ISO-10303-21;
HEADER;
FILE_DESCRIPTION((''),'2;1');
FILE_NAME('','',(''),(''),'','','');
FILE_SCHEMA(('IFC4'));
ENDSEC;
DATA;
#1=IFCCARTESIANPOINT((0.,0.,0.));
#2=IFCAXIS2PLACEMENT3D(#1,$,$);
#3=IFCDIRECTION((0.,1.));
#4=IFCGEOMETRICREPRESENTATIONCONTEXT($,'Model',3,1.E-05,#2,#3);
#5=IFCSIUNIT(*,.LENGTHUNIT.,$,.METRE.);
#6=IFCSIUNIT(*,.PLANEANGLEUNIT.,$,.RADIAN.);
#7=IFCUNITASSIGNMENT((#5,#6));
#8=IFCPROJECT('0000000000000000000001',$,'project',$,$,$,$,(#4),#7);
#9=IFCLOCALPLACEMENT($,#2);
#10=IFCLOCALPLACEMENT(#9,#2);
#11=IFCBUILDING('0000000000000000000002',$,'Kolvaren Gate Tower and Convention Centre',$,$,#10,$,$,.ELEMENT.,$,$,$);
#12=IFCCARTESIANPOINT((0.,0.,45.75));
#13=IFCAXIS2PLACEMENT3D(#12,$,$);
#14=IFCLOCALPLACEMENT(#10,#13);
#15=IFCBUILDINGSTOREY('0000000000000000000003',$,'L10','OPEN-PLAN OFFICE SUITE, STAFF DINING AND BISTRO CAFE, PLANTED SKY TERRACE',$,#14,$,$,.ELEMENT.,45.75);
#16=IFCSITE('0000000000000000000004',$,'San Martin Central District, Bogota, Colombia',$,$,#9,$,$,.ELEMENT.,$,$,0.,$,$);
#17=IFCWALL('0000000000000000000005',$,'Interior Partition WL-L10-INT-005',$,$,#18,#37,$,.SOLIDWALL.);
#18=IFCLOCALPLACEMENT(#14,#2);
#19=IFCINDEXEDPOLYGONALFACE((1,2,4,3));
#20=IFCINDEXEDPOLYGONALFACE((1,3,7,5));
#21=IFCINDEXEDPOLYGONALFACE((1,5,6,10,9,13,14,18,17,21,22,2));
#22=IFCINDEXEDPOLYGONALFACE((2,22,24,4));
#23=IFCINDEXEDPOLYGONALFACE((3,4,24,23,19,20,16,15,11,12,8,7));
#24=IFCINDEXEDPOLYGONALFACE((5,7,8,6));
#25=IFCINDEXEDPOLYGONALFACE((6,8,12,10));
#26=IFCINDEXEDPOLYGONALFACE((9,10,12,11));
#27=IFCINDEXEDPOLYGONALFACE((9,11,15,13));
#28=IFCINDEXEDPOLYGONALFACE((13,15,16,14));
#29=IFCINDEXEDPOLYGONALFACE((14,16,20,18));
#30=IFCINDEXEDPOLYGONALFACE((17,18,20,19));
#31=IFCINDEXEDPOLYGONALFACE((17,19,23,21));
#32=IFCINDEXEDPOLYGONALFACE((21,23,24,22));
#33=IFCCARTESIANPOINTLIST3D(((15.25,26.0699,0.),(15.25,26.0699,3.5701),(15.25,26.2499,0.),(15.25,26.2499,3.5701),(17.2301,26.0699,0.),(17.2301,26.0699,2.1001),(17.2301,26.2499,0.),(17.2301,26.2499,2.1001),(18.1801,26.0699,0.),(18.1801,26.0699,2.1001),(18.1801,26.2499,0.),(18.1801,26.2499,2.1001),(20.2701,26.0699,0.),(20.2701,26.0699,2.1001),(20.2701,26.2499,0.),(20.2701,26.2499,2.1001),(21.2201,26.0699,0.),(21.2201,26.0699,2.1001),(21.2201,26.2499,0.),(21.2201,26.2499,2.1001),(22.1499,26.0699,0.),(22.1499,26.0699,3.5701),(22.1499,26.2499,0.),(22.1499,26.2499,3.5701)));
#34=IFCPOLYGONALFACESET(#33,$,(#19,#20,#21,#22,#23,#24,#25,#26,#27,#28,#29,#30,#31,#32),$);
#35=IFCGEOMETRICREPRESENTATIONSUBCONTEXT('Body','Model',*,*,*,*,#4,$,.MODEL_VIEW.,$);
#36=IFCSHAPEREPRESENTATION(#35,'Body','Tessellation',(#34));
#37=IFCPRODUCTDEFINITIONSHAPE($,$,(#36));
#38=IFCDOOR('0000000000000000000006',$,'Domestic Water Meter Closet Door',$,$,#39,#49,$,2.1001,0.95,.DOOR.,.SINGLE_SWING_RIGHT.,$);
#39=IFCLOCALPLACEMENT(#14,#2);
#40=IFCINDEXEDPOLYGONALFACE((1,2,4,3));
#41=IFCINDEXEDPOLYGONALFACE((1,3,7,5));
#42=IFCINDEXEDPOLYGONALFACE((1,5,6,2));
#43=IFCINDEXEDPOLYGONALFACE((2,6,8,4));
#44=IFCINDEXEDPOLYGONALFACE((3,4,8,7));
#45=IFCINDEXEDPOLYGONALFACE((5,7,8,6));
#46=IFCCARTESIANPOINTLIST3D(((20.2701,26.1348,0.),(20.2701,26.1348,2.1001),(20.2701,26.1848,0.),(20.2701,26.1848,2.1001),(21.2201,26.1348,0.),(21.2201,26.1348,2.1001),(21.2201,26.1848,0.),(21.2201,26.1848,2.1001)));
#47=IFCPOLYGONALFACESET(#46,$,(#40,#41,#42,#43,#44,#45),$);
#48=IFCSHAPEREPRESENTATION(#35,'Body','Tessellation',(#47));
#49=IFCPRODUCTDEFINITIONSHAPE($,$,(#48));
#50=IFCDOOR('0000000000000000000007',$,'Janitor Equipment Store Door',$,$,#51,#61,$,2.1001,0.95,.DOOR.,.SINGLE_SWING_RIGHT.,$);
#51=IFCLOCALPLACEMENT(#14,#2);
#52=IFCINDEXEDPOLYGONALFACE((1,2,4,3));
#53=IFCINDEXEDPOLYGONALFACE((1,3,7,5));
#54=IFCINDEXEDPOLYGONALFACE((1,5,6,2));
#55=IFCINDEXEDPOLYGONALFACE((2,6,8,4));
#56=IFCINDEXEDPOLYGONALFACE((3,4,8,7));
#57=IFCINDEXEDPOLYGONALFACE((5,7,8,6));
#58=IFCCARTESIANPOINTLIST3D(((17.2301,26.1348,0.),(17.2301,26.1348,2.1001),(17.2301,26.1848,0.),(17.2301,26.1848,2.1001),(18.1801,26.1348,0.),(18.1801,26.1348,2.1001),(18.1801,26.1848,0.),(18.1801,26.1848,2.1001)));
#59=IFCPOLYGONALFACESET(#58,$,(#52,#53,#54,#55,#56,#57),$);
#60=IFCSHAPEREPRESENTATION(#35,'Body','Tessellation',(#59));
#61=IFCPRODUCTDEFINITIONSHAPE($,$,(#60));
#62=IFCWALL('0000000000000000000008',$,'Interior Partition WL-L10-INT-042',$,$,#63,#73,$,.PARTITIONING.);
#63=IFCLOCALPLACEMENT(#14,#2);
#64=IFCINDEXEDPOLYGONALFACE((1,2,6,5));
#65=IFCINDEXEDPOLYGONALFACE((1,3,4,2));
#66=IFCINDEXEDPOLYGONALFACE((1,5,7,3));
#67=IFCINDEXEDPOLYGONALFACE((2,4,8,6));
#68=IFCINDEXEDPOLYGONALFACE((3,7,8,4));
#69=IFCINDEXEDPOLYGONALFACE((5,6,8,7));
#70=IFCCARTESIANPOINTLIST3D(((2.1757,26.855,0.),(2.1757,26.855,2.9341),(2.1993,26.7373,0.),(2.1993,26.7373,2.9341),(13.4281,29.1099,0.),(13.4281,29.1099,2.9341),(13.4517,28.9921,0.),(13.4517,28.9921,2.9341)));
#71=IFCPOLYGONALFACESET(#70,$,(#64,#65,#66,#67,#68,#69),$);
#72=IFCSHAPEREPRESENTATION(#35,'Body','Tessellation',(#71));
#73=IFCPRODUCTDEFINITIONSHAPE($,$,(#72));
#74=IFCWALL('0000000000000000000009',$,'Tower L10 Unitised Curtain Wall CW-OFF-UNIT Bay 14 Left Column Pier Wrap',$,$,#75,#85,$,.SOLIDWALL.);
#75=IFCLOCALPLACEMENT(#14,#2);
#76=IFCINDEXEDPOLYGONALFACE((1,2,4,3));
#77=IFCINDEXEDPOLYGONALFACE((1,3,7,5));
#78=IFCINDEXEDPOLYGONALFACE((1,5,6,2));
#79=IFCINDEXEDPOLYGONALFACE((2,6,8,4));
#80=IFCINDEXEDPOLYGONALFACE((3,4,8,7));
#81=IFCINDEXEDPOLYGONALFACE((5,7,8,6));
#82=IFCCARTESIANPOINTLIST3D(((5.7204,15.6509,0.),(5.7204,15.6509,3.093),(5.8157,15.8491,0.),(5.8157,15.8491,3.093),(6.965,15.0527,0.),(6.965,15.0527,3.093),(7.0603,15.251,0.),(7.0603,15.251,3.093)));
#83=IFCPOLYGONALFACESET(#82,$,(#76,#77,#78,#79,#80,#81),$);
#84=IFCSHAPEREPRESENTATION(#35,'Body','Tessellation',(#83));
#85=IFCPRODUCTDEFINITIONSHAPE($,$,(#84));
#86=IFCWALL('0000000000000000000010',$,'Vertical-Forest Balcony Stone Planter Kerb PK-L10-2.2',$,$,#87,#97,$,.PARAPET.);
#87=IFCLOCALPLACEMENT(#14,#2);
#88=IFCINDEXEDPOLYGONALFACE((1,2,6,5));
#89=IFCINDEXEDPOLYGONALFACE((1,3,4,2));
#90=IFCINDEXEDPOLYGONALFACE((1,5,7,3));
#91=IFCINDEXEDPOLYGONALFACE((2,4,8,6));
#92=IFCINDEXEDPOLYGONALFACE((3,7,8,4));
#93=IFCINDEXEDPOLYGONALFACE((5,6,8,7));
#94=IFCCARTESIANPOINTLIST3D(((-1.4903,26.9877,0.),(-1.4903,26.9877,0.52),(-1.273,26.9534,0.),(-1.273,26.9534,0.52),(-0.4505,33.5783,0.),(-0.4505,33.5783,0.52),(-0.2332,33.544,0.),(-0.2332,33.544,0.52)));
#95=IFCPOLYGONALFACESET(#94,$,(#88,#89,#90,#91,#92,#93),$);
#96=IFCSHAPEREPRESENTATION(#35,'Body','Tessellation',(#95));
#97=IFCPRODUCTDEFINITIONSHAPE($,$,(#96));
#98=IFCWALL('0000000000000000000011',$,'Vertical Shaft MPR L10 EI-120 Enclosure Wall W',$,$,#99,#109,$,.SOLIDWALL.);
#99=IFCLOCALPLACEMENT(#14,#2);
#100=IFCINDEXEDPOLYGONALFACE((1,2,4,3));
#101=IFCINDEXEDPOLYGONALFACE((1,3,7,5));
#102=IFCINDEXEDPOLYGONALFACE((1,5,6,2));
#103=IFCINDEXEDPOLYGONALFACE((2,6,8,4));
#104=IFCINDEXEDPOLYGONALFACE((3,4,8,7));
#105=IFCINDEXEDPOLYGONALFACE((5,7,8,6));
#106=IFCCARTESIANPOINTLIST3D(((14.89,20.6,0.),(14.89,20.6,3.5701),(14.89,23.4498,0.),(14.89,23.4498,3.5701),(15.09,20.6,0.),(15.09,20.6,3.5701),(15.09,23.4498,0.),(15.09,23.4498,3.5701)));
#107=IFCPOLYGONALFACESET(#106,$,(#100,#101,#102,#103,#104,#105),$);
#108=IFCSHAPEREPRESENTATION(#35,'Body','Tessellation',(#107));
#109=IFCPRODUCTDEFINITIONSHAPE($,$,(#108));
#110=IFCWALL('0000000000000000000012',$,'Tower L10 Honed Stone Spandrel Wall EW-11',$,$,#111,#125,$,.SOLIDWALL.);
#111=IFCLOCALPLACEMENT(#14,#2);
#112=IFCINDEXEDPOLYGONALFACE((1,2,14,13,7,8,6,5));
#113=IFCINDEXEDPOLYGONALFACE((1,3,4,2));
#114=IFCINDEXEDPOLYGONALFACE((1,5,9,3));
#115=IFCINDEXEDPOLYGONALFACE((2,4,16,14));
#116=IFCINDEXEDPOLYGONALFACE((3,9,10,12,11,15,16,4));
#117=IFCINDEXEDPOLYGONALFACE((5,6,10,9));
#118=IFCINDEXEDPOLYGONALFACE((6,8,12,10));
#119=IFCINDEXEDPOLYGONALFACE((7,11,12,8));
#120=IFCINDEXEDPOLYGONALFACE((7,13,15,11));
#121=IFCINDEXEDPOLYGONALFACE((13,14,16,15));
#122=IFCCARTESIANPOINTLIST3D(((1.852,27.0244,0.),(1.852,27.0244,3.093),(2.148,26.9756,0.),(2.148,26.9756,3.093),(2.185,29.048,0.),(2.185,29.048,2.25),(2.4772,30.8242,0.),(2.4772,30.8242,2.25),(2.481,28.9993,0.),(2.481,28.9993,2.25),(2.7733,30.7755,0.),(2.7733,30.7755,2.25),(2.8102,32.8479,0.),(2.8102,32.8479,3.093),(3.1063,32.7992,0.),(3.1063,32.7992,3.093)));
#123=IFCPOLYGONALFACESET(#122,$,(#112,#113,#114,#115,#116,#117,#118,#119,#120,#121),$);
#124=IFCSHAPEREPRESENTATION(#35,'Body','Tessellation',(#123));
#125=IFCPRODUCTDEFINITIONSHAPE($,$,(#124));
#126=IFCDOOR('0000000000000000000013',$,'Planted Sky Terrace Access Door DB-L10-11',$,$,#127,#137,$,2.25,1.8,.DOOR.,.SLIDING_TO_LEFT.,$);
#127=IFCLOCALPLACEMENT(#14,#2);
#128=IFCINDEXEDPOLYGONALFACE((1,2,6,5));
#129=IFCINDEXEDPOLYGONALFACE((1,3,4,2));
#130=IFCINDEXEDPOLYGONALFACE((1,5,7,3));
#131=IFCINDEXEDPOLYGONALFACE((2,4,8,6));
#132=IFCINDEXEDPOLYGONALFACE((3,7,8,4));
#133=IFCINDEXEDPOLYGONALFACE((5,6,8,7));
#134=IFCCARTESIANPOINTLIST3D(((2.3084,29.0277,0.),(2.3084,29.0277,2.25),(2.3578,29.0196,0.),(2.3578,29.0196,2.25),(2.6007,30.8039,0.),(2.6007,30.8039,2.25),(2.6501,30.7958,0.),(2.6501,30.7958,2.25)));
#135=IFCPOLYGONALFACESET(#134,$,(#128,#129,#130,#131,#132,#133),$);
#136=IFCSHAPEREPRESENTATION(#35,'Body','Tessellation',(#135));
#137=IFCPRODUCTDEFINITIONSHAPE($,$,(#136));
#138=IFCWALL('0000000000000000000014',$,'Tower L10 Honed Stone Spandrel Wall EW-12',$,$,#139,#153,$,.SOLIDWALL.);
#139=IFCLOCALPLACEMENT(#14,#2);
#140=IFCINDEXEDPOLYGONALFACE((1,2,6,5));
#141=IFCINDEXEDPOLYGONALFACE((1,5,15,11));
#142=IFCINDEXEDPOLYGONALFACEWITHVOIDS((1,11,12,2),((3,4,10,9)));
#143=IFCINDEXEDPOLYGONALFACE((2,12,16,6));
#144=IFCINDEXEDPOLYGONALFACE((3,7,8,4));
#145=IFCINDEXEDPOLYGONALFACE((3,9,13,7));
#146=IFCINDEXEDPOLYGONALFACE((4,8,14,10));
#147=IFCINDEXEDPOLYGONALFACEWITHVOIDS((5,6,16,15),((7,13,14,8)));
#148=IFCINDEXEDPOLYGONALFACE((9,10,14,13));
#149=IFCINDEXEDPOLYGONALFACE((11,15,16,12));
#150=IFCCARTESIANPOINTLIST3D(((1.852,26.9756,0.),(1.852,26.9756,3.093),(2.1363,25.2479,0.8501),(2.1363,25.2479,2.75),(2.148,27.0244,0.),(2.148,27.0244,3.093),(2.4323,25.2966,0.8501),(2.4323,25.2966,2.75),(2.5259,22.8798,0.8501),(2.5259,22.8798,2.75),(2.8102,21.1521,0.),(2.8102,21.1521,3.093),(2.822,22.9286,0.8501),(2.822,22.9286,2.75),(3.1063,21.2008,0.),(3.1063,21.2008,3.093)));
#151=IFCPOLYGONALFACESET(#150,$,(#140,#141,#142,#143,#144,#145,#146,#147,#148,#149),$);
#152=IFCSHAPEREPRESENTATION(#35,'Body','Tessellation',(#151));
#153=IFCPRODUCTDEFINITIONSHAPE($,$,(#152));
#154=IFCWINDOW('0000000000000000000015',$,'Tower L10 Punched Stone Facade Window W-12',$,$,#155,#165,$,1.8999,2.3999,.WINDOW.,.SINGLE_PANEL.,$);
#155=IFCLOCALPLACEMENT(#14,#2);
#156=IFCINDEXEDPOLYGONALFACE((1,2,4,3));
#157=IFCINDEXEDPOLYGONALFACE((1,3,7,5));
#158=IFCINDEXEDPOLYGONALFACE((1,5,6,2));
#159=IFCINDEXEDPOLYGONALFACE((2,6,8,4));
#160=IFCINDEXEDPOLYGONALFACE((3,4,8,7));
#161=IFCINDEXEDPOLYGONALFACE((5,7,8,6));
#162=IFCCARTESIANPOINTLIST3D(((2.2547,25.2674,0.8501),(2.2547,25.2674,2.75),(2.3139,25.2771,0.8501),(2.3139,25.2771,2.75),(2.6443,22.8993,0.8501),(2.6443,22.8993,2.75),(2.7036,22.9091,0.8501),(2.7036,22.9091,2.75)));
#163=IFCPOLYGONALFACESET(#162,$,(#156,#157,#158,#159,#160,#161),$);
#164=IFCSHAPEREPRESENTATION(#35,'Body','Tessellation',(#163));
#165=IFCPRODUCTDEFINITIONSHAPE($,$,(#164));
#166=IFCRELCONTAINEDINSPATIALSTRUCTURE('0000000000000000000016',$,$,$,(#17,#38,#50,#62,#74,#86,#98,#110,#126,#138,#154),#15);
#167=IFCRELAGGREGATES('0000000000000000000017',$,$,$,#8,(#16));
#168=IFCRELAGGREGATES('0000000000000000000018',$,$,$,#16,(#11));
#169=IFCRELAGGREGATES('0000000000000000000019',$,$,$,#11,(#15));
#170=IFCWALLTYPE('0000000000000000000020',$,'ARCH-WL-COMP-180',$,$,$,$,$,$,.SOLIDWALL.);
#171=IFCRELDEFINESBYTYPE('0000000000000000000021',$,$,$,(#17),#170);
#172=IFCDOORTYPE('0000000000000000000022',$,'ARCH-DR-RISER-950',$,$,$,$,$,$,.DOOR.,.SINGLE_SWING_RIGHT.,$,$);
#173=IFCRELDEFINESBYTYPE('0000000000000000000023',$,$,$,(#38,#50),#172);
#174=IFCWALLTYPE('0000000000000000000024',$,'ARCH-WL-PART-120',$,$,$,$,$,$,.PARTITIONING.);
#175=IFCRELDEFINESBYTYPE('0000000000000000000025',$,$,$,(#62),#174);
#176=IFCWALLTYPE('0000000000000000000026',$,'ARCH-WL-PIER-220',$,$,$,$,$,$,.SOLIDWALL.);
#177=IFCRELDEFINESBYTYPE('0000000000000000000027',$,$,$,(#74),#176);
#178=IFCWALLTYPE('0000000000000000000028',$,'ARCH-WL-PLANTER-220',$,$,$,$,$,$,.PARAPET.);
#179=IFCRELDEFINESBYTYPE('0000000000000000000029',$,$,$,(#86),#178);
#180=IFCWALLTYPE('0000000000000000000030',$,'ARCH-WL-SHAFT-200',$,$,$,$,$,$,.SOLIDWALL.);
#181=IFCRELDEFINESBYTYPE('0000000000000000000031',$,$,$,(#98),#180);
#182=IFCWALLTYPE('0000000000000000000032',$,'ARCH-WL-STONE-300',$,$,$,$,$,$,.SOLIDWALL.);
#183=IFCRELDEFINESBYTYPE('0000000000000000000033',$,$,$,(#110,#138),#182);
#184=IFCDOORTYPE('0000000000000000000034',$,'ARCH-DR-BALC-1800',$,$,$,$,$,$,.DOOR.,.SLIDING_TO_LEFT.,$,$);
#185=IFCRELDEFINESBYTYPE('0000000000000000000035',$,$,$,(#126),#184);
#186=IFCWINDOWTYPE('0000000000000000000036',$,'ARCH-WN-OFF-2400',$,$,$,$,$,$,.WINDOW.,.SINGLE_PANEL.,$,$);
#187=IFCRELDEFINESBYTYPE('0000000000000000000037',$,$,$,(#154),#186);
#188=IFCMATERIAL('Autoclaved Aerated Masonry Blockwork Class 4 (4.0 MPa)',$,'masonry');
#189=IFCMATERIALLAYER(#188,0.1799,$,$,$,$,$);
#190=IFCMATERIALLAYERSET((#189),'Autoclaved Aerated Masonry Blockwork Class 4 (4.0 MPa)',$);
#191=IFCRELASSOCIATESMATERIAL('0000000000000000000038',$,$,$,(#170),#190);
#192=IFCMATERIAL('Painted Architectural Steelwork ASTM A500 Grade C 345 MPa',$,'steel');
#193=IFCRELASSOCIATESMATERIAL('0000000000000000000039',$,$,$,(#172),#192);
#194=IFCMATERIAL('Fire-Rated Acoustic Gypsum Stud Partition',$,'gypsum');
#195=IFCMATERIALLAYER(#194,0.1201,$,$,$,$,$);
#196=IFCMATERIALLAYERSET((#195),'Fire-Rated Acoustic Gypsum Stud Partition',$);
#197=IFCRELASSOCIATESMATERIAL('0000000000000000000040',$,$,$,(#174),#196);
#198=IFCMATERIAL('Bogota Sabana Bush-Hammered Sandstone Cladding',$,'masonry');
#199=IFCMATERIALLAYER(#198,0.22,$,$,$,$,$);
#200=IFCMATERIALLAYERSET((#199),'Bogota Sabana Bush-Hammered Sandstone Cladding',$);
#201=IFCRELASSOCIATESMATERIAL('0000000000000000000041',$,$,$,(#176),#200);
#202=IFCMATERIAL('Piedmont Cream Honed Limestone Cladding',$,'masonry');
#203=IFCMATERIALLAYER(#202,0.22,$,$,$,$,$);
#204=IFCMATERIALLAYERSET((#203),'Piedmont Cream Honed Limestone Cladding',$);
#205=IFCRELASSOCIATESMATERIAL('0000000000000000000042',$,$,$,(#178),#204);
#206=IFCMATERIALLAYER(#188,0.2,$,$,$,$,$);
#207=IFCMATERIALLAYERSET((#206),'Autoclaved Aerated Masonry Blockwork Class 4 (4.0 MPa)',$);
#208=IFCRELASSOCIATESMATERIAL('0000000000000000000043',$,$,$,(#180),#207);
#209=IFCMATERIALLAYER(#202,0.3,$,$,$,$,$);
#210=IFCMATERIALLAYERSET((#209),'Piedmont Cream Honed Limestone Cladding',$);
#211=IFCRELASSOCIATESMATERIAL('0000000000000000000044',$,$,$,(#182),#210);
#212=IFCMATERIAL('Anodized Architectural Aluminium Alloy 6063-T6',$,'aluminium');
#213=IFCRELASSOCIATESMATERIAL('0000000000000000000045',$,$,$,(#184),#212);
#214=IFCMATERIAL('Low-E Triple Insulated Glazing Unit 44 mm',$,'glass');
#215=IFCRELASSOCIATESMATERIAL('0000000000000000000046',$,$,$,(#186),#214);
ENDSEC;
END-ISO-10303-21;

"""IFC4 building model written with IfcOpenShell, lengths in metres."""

from ifc_helpers import new_model, si_unit, direction, frame, frame_2d, origin, place, context, subcontext, project, spatial, rectangle, extrude, material, layer, layer_set, type_object, element, fill, save


model = new_model("IFC4")

# Units and contexts
model_context = context("Model", 3, precision=1e-05, world=origin(), true_north=direction((0.0, 1.0)))
body_context = subcontext(model_context, "Body", "Model", "MODEL_VIEW")
ifc_project = project(units=[si_unit("LENGTHUNIT", "METRE"), si_unit("PLANEANGLEUNIT", "RADIAN")], contexts=[model_context])

# Site, building, storey
site_placement = place(None, origin())
site = spatial("IfcSite", under=ifc_project, at=site_placement, Name="San Martin Central District, Bogota, Colombia", CompositionType="ELEMENT", RefElevation=0.0)
building_placement = place(site_placement, origin())
building = spatial("IfcBuilding", under=site, at=building_placement, Name="Kolvaren Gate Tower and Convention Centre", CompositionType="ELEMENT")
storey_placement = place(building_placement, frame((0.0, 0.0, 45.75)))
storey = spatial("IfcBuildingStorey", under=building, at=storey_placement, Name="L10", Description="OPEN-PLAN OFFICE SUITE, STAFF DINING AND BISTRO CAFE, PLANTED SKY TERRACE", CompositionType="ELEMENT", Elevation=45.75)

# Wall, openings, doors
ifc_material_1 = material(Name="Autoclaved Aerated Masonry Blockwork Class 4 (4.0 MPa)", Category="masonry")
ifc_layer_1 = layer(ifc_material_1, 0.1799)
ifc_layer_set_1 = layer_set([ifc_layer_1], Name="Autoclaved Aerated Masonry Blockwork Class 4 (4.0 MPa)")
wall_type_1 = type_object("IfcWallType", Name="ARCH-WL-COMP-180", PredefinedType="SOLIDWALL", material=ifc_layer_set_1)
wall_1_placement = place(storey_placement, frame((15.25, 26.1599, 0.0), z_axis=(0.0, 0.0, 1.0), x_axis=(1.0, 0.0, 0.0)))
wall_1 = element("IfcWall", 1, at=wall_1_placement, inside=storey, type_object=wall_type_1, Name="Interior Partition WL-L10-INT-005", PredefinedType="SOLIDWALL", context=body_context, shape_type="SweptSolid", body=[
    extrude(rectangle(XDim=6.8999, YDim=0.1799, at=frame_2d((3.45, 0.0))), origin(), (0.0, 0.0, 1.0), 3.5701),
])
opening_1_placement = place(wall_1_placement, frame((5.02, 0.0, 0.0)))
opening_1 = element("IfcOpeningElement", 2, at=opening_1_placement, cuts=wall_1, PredefinedType="OPENING", context=body_context, shape_type="SweptSolid", body=[
    extrude(rectangle(XDim=0.95, YDim=2.1001, at=frame_2d((0.4751, 1.05))), frame((0.0, 0.0999, 0.0), z_axis=(0.0, -1.0, 0.0), x_axis=(1.0, 0.0, 0.0)), (0.0, 0.0, 1.0), 0.2),
])
opening_2_placement = place(wall_1_placement, frame((1.98, 0.0, 0.0)))
opening_2 = element("IfcOpeningElement", 3, at=opening_2_placement, cuts=wall_1, PredefinedType="OPENING", context=body_context, shape_type="SweptSolid", body=[
    extrude(rectangle(XDim=0.95, YDim=2.1001, at=frame_2d((0.4751, 1.05))), frame((0.0, 0.0999, 0.0), z_axis=(0.0, -1.0, 0.0), x_axis=(1.0, 0.0, 0.0)), (0.0, 0.0, 1.0), 0.2),
])
ifc_material_2 = material(Name="Painted Architectural Steelwork ASTM A500 Grade C 345 MPa", Category="steel")
door_type_1 = type_object("IfcDoorType", Name="ARCH-DR-RISER-950", OperationType="SINGLE_SWING_RIGHT", PredefinedType="DOOR", material=ifc_material_2)
door_1_placement = place(opening_1_placement, origin())
door_1 = element("IfcDoor", 4, at=door_1_placement, inside=storey, type_object=door_type_1, Name="Domestic Water Meter Closet Door", OperationType="SINGLE_SWING_RIGHT", OverallHeight=2.1001, OverallWidth=0.95, PredefinedType="DOOR", context=body_context, shape_type="SweptSolid", body=[
    extrude(rectangle(XDim=0.95, YDim=2.1001, at=frame_2d((0.4751, 1.05))), frame((0.0, 0.0249, 0.0), z_axis=(0.0, -1.0, 0.0), x_axis=(1.0, 0.0, 0.0)), (0.0, 0.0, 1.0), 0.05),
])
fill(opening_1, door_1)
door_2_placement = place(opening_2_placement, origin())
door_2 = element("IfcDoor", 5, at=door_2_placement, inside=storey, type_object=door_type_1, Name="Janitor Equipment Store Door", OperationType="SINGLE_SWING_RIGHT", OverallHeight=2.1001, OverallWidth=0.95, PredefinedType="DOOR", context=body_context, shape_type="SweptSolid", body=[
    extrude(rectangle(XDim=0.95, YDim=2.1001, at=frame_2d((0.4751, 1.05))), frame((0.0, 0.0249, 0.0), z_axis=(0.0, -1.0, 0.0), x_axis=(1.0, 0.0, 0.0)), (0.0, 0.0, 1.0), 0.05),
])
fill(opening_2, door_2)

# Walls
ifc_material_3 = material(Name="Fire-Rated Acoustic Gypsum Stud Partition", Category="gypsum")
ifc_layer_2 = layer(ifc_material_3, 0.1201)
ifc_layer_set_2 = layer_set([ifc_layer_2], Name="Fire-Rated Acoustic Gypsum Stud Partition")
wall_type_2 = type_object("IfcWallType", Name="ARCH-WL-PART-120", PredefinedType="PARTITIONING", material=ifc_layer_set_2)
wall_2_placement = place(storey_placement, frame((2.1875, 26.7961, 0.0), z_axis=(0.0, 0.0, 1.0), x_axis=(0.980507, 0.196484, 0.0)))
element("IfcWall", 6, at=wall_2_placement, inside=storey, type_object=wall_type_2, Name="Interior Partition WL-L10-INT-042", PredefinedType="PARTITIONING", context=body_context, shape_type="SweptSolid", body=[
    extrude(rectangle(XDim=11.4761, YDim=0.1201, at=frame_2d((5.738, 0.0))), origin(), (0.0, 0.0, 1.0), 2.9341),
])
ifc_material_4 = material(Name="Bogota Sabana Bush-Hammered Sandstone Cladding", Category="masonry")
ifc_layer_3 = layer(ifc_material_4, 0.22)
ifc_layer_set_3 = layer_set([ifc_layer_3], Name="Bogota Sabana Bush-Hammered Sandstone Cladding")
wall_type_3 = type_object("IfcWallType", Name="ARCH-WL-PIER-220", PredefinedType="SOLIDWALL", material=ifc_layer_set_3)
wall_3_placement = place(storey_placement, frame((5.7681, 15.75, 0.0), z_axis=(0.0, 0.0, 1.0), x_axis=(0.901319, -0.433156, 0.0)))
element("IfcWall", 7, at=wall_3_placement, inside=storey, type_object=wall_type_3, Name="Tower L10 Unitised Curtain Wall CW-OFF-UNIT Bay 14 Left Column Pier Wrap", PredefinedType="SOLIDWALL", context=body_context, shape_type="SweptSolid", body=[
    extrude(rectangle(XDim=1.3809, YDim=0.22, at=frame_2d((0.6904, 0.0))), origin(), (0.0, 0.0, 1.0), 3.093),
])
ifc_material_5 = material(Name="Piedmont Cream Honed Limestone Cladding", Category="masonry")
ifc_layer_4 = layer(ifc_material_5, 0.22)
ifc_layer_set_4 = layer_set([ifc_layer_4], Name="Piedmont Cream Honed Limestone Cladding")
wall_type_4 = type_object("IfcWallType", Name="ARCH-WL-PLANTER-220", PredefinedType="PARAPET", material=ifc_layer_set_4)
wall_4_placement = place(storey_placement, frame((-1.3816, 26.9707, 0.0), z_axis=(0.0, 0.0, 1.0), x_axis=(0.155842, 0.987782, 0.0)))
element("IfcWall", 8, at=wall_4_placement, inside=storey, type_object=wall_type_4, Name="Vertical-Forest Balcony Stone Planter Kerb PK-L10-2.2", PredefinedType="PARAPET", context=body_context, shape_type="SweptSolid", body=[
    extrude(rectangle(XDim=6.6721, YDim=0.22, at=frame_2d((3.3359, 0.0))), origin(), (0.0, 0.0, 1.0), 0.52),
])
ifc_layer_5 = layer(ifc_material_1, 0.2)
ifc_layer_set_5 = layer_set([ifc_layer_5], Name="Autoclaved Aerated Masonry Blockwork Class 4 (4.0 MPa)")
wall_type_5 = type_object("IfcWallType", Name="ARCH-WL-SHAFT-200", PredefinedType="SOLIDWALL", material=ifc_layer_set_5)
wall_5_placement = place(storey_placement, frame((14.99, 20.6001, 0.0), z_axis=(0.0, 0.0, 1.0), x_axis=(0.0, 1.0, 0.0)))
element("IfcWall", 9, at=wall_5_placement, inside=storey, type_object=wall_type_5, Name="Vertical Shaft MPR L10 EI-120 Enclosure Wall W", PredefinedType="SOLIDWALL", context=body_context, shape_type="SweptSolid", body=[
    extrude(rectangle(XDim=2.8499, YDim=0.2, at=frame_2d((1.4248, 0.0))), origin(), (0.0, 0.0, 1.0), 3.5701),
])

# Wall, opening, door
ifc_layer_6 = layer(ifc_material_5, 0.3)
ifc_layer_set_6 = layer_set([ifc_layer_6], Name="Piedmont Cream Honed Limestone Cladding")
wall_type_6 = type_object("IfcWallType", Name="ARCH-WL-STONE-300", PredefinedType="SOLIDWALL", material=ifc_layer_set_6)
wall_6_placement = place(storey_placement, frame((2.0, 27.0, 0.0), z_axis=(0.0, 0.0, 1.0), x_axis=(0.162366, 0.986731, 0.0)))
wall_6 = element("IfcWall", 10, at=wall_6_placement, inside=storey, type_object=wall_type_6, Name="Tower L10 Honed Stone Spandrel Wall EW-11", PredefinedType="SOLIDWALL", context=body_context, shape_type="SweptSolid", body=[
    extrude(rectangle(XDim=5.9019, YDim=0.3, at=frame_2d((2.9509, 0.0))), origin(), (0.0, 0.0, 1.0), 3.093),
])
opening_3_placement = place(wall_6_placement, frame((2.051, 0.0, 0.0)))
opening_3 = element("IfcOpeningElement", 11, at=opening_3_placement, cuts=wall_6, PredefinedType="OPENING", context=body_context, shape_type="SweptSolid", body=[
    extrude(rectangle(XDim=1.8, YDim=2.25, at=frame_2d((0.8999, 1.125))), frame((0.0, 0.1599, 0.0), z_axis=(0.0, -1.0, 0.0), x_axis=(1.0, 0.0, 0.0)), (0.0, 0.0, 1.0), 0.3201),
])
ifc_material_6 = material(Name="Anodized Architectural Aluminium Alloy 6063-T6", Category="aluminium")
door_type_2 = type_object("IfcDoorType", Name="ARCH-DR-BALC-1800", OperationType="SLIDING_TO_LEFT", PredefinedType="DOOR", material=ifc_material_6)
door_3_placement = place(opening_3_placement, origin())
door_3 = element("IfcDoor", 12, at=door_3_placement, inside=storey, type_object=door_type_2, Name="Planted Sky Terrace Access Door DB-L10-11", OperationType="SLIDING_TO_LEFT", OverallHeight=2.25, OverallWidth=1.8, PredefinedType="DOOR", context=body_context, shape_type="SweptSolid", body=[
    extrude(rectangle(XDim=1.8, YDim=2.25, at=frame_2d((0.8999, 1.125))), frame((0.0, 0.0249, 0.0), z_axis=(0.0, -1.0, 0.0), x_axis=(1.0, 0.0, 0.0)), (0.0, 0.0, 1.0), 0.05),
])
fill(opening_3, door_3)

# Wall, opening, window
wall_7_placement = place(storey_placement, frame((2.0, 27.0, 0.0), z_axis=(0.0, 0.0, 1.0), x_axis=(0.162366, -0.986731, 0.0)))
wall_7 = element("IfcWall", 13, at=wall_7_placement, inside=storey, type_object=wall_type_6, Name="Tower L10 Honed Stone Spandrel Wall EW-12", PredefinedType="SOLIDWALL", context=body_context, shape_type="SweptSolid", body=[
    extrude(rectangle(XDim=5.9019, YDim=0.3, at=frame_2d((2.9509, 0.0))), origin(), (0.0, 0.0, 1.0), 3.093),
])
opening_4_placement = place(wall_7_placement, frame((1.751, 0.0, 0.8501)))
opening_4 = element("IfcOpeningElement", 14, at=opening_4_placement, cuts=wall_7, PredefinedType="OPENING", context=body_context, shape_type="SweptSolid", body=[
    extrude(rectangle(XDim=2.3999, YDim=1.8999, at=frame_2d((1.2, 0.95))), frame((0.0, 0.1599, 0.0), z_axis=(0.0, -1.0, 0.0), x_axis=(1.0, 0.0, 0.0)), (0.0, 0.0, 1.0), 0.3201),
])
ifc_material_7 = material(Name="Low-E Triple Insulated Glazing Unit 44 mm", Category="glass")
window_type = type_object("IfcWindowType", Name="ARCH-WN-OFF-2400", PartitioningType="SINGLE_PANEL", PredefinedType="WINDOW", material=ifc_material_7)
window_1_placement = place(opening_4_placement, origin())
window_1 = element("IfcWindow", 15, at=window_1_placement, inside=storey, type_object=window_type, Name="Tower L10 Punched Stone Facade Window W-12", OverallHeight=1.8999, OverallWidth=2.3999, PartitioningType="SINGLE_PANEL", PredefinedType="WINDOW", context=body_context, shape_type="SweptSolid", body=[
    extrude(rectangle(XDim=2.3999, YDim=1.8999, at=frame_2d((1.2, 0.95))), frame((0.0, 0.03, 0.0), z_axis=(0.0, -1.0, 0.0), x_axis=(1.0, 0.0, 0.0)), (0.0, 0.0, 1.0), 0.0601),
])
fill(opening_4, window_1)

save(model, "model.ifc")
